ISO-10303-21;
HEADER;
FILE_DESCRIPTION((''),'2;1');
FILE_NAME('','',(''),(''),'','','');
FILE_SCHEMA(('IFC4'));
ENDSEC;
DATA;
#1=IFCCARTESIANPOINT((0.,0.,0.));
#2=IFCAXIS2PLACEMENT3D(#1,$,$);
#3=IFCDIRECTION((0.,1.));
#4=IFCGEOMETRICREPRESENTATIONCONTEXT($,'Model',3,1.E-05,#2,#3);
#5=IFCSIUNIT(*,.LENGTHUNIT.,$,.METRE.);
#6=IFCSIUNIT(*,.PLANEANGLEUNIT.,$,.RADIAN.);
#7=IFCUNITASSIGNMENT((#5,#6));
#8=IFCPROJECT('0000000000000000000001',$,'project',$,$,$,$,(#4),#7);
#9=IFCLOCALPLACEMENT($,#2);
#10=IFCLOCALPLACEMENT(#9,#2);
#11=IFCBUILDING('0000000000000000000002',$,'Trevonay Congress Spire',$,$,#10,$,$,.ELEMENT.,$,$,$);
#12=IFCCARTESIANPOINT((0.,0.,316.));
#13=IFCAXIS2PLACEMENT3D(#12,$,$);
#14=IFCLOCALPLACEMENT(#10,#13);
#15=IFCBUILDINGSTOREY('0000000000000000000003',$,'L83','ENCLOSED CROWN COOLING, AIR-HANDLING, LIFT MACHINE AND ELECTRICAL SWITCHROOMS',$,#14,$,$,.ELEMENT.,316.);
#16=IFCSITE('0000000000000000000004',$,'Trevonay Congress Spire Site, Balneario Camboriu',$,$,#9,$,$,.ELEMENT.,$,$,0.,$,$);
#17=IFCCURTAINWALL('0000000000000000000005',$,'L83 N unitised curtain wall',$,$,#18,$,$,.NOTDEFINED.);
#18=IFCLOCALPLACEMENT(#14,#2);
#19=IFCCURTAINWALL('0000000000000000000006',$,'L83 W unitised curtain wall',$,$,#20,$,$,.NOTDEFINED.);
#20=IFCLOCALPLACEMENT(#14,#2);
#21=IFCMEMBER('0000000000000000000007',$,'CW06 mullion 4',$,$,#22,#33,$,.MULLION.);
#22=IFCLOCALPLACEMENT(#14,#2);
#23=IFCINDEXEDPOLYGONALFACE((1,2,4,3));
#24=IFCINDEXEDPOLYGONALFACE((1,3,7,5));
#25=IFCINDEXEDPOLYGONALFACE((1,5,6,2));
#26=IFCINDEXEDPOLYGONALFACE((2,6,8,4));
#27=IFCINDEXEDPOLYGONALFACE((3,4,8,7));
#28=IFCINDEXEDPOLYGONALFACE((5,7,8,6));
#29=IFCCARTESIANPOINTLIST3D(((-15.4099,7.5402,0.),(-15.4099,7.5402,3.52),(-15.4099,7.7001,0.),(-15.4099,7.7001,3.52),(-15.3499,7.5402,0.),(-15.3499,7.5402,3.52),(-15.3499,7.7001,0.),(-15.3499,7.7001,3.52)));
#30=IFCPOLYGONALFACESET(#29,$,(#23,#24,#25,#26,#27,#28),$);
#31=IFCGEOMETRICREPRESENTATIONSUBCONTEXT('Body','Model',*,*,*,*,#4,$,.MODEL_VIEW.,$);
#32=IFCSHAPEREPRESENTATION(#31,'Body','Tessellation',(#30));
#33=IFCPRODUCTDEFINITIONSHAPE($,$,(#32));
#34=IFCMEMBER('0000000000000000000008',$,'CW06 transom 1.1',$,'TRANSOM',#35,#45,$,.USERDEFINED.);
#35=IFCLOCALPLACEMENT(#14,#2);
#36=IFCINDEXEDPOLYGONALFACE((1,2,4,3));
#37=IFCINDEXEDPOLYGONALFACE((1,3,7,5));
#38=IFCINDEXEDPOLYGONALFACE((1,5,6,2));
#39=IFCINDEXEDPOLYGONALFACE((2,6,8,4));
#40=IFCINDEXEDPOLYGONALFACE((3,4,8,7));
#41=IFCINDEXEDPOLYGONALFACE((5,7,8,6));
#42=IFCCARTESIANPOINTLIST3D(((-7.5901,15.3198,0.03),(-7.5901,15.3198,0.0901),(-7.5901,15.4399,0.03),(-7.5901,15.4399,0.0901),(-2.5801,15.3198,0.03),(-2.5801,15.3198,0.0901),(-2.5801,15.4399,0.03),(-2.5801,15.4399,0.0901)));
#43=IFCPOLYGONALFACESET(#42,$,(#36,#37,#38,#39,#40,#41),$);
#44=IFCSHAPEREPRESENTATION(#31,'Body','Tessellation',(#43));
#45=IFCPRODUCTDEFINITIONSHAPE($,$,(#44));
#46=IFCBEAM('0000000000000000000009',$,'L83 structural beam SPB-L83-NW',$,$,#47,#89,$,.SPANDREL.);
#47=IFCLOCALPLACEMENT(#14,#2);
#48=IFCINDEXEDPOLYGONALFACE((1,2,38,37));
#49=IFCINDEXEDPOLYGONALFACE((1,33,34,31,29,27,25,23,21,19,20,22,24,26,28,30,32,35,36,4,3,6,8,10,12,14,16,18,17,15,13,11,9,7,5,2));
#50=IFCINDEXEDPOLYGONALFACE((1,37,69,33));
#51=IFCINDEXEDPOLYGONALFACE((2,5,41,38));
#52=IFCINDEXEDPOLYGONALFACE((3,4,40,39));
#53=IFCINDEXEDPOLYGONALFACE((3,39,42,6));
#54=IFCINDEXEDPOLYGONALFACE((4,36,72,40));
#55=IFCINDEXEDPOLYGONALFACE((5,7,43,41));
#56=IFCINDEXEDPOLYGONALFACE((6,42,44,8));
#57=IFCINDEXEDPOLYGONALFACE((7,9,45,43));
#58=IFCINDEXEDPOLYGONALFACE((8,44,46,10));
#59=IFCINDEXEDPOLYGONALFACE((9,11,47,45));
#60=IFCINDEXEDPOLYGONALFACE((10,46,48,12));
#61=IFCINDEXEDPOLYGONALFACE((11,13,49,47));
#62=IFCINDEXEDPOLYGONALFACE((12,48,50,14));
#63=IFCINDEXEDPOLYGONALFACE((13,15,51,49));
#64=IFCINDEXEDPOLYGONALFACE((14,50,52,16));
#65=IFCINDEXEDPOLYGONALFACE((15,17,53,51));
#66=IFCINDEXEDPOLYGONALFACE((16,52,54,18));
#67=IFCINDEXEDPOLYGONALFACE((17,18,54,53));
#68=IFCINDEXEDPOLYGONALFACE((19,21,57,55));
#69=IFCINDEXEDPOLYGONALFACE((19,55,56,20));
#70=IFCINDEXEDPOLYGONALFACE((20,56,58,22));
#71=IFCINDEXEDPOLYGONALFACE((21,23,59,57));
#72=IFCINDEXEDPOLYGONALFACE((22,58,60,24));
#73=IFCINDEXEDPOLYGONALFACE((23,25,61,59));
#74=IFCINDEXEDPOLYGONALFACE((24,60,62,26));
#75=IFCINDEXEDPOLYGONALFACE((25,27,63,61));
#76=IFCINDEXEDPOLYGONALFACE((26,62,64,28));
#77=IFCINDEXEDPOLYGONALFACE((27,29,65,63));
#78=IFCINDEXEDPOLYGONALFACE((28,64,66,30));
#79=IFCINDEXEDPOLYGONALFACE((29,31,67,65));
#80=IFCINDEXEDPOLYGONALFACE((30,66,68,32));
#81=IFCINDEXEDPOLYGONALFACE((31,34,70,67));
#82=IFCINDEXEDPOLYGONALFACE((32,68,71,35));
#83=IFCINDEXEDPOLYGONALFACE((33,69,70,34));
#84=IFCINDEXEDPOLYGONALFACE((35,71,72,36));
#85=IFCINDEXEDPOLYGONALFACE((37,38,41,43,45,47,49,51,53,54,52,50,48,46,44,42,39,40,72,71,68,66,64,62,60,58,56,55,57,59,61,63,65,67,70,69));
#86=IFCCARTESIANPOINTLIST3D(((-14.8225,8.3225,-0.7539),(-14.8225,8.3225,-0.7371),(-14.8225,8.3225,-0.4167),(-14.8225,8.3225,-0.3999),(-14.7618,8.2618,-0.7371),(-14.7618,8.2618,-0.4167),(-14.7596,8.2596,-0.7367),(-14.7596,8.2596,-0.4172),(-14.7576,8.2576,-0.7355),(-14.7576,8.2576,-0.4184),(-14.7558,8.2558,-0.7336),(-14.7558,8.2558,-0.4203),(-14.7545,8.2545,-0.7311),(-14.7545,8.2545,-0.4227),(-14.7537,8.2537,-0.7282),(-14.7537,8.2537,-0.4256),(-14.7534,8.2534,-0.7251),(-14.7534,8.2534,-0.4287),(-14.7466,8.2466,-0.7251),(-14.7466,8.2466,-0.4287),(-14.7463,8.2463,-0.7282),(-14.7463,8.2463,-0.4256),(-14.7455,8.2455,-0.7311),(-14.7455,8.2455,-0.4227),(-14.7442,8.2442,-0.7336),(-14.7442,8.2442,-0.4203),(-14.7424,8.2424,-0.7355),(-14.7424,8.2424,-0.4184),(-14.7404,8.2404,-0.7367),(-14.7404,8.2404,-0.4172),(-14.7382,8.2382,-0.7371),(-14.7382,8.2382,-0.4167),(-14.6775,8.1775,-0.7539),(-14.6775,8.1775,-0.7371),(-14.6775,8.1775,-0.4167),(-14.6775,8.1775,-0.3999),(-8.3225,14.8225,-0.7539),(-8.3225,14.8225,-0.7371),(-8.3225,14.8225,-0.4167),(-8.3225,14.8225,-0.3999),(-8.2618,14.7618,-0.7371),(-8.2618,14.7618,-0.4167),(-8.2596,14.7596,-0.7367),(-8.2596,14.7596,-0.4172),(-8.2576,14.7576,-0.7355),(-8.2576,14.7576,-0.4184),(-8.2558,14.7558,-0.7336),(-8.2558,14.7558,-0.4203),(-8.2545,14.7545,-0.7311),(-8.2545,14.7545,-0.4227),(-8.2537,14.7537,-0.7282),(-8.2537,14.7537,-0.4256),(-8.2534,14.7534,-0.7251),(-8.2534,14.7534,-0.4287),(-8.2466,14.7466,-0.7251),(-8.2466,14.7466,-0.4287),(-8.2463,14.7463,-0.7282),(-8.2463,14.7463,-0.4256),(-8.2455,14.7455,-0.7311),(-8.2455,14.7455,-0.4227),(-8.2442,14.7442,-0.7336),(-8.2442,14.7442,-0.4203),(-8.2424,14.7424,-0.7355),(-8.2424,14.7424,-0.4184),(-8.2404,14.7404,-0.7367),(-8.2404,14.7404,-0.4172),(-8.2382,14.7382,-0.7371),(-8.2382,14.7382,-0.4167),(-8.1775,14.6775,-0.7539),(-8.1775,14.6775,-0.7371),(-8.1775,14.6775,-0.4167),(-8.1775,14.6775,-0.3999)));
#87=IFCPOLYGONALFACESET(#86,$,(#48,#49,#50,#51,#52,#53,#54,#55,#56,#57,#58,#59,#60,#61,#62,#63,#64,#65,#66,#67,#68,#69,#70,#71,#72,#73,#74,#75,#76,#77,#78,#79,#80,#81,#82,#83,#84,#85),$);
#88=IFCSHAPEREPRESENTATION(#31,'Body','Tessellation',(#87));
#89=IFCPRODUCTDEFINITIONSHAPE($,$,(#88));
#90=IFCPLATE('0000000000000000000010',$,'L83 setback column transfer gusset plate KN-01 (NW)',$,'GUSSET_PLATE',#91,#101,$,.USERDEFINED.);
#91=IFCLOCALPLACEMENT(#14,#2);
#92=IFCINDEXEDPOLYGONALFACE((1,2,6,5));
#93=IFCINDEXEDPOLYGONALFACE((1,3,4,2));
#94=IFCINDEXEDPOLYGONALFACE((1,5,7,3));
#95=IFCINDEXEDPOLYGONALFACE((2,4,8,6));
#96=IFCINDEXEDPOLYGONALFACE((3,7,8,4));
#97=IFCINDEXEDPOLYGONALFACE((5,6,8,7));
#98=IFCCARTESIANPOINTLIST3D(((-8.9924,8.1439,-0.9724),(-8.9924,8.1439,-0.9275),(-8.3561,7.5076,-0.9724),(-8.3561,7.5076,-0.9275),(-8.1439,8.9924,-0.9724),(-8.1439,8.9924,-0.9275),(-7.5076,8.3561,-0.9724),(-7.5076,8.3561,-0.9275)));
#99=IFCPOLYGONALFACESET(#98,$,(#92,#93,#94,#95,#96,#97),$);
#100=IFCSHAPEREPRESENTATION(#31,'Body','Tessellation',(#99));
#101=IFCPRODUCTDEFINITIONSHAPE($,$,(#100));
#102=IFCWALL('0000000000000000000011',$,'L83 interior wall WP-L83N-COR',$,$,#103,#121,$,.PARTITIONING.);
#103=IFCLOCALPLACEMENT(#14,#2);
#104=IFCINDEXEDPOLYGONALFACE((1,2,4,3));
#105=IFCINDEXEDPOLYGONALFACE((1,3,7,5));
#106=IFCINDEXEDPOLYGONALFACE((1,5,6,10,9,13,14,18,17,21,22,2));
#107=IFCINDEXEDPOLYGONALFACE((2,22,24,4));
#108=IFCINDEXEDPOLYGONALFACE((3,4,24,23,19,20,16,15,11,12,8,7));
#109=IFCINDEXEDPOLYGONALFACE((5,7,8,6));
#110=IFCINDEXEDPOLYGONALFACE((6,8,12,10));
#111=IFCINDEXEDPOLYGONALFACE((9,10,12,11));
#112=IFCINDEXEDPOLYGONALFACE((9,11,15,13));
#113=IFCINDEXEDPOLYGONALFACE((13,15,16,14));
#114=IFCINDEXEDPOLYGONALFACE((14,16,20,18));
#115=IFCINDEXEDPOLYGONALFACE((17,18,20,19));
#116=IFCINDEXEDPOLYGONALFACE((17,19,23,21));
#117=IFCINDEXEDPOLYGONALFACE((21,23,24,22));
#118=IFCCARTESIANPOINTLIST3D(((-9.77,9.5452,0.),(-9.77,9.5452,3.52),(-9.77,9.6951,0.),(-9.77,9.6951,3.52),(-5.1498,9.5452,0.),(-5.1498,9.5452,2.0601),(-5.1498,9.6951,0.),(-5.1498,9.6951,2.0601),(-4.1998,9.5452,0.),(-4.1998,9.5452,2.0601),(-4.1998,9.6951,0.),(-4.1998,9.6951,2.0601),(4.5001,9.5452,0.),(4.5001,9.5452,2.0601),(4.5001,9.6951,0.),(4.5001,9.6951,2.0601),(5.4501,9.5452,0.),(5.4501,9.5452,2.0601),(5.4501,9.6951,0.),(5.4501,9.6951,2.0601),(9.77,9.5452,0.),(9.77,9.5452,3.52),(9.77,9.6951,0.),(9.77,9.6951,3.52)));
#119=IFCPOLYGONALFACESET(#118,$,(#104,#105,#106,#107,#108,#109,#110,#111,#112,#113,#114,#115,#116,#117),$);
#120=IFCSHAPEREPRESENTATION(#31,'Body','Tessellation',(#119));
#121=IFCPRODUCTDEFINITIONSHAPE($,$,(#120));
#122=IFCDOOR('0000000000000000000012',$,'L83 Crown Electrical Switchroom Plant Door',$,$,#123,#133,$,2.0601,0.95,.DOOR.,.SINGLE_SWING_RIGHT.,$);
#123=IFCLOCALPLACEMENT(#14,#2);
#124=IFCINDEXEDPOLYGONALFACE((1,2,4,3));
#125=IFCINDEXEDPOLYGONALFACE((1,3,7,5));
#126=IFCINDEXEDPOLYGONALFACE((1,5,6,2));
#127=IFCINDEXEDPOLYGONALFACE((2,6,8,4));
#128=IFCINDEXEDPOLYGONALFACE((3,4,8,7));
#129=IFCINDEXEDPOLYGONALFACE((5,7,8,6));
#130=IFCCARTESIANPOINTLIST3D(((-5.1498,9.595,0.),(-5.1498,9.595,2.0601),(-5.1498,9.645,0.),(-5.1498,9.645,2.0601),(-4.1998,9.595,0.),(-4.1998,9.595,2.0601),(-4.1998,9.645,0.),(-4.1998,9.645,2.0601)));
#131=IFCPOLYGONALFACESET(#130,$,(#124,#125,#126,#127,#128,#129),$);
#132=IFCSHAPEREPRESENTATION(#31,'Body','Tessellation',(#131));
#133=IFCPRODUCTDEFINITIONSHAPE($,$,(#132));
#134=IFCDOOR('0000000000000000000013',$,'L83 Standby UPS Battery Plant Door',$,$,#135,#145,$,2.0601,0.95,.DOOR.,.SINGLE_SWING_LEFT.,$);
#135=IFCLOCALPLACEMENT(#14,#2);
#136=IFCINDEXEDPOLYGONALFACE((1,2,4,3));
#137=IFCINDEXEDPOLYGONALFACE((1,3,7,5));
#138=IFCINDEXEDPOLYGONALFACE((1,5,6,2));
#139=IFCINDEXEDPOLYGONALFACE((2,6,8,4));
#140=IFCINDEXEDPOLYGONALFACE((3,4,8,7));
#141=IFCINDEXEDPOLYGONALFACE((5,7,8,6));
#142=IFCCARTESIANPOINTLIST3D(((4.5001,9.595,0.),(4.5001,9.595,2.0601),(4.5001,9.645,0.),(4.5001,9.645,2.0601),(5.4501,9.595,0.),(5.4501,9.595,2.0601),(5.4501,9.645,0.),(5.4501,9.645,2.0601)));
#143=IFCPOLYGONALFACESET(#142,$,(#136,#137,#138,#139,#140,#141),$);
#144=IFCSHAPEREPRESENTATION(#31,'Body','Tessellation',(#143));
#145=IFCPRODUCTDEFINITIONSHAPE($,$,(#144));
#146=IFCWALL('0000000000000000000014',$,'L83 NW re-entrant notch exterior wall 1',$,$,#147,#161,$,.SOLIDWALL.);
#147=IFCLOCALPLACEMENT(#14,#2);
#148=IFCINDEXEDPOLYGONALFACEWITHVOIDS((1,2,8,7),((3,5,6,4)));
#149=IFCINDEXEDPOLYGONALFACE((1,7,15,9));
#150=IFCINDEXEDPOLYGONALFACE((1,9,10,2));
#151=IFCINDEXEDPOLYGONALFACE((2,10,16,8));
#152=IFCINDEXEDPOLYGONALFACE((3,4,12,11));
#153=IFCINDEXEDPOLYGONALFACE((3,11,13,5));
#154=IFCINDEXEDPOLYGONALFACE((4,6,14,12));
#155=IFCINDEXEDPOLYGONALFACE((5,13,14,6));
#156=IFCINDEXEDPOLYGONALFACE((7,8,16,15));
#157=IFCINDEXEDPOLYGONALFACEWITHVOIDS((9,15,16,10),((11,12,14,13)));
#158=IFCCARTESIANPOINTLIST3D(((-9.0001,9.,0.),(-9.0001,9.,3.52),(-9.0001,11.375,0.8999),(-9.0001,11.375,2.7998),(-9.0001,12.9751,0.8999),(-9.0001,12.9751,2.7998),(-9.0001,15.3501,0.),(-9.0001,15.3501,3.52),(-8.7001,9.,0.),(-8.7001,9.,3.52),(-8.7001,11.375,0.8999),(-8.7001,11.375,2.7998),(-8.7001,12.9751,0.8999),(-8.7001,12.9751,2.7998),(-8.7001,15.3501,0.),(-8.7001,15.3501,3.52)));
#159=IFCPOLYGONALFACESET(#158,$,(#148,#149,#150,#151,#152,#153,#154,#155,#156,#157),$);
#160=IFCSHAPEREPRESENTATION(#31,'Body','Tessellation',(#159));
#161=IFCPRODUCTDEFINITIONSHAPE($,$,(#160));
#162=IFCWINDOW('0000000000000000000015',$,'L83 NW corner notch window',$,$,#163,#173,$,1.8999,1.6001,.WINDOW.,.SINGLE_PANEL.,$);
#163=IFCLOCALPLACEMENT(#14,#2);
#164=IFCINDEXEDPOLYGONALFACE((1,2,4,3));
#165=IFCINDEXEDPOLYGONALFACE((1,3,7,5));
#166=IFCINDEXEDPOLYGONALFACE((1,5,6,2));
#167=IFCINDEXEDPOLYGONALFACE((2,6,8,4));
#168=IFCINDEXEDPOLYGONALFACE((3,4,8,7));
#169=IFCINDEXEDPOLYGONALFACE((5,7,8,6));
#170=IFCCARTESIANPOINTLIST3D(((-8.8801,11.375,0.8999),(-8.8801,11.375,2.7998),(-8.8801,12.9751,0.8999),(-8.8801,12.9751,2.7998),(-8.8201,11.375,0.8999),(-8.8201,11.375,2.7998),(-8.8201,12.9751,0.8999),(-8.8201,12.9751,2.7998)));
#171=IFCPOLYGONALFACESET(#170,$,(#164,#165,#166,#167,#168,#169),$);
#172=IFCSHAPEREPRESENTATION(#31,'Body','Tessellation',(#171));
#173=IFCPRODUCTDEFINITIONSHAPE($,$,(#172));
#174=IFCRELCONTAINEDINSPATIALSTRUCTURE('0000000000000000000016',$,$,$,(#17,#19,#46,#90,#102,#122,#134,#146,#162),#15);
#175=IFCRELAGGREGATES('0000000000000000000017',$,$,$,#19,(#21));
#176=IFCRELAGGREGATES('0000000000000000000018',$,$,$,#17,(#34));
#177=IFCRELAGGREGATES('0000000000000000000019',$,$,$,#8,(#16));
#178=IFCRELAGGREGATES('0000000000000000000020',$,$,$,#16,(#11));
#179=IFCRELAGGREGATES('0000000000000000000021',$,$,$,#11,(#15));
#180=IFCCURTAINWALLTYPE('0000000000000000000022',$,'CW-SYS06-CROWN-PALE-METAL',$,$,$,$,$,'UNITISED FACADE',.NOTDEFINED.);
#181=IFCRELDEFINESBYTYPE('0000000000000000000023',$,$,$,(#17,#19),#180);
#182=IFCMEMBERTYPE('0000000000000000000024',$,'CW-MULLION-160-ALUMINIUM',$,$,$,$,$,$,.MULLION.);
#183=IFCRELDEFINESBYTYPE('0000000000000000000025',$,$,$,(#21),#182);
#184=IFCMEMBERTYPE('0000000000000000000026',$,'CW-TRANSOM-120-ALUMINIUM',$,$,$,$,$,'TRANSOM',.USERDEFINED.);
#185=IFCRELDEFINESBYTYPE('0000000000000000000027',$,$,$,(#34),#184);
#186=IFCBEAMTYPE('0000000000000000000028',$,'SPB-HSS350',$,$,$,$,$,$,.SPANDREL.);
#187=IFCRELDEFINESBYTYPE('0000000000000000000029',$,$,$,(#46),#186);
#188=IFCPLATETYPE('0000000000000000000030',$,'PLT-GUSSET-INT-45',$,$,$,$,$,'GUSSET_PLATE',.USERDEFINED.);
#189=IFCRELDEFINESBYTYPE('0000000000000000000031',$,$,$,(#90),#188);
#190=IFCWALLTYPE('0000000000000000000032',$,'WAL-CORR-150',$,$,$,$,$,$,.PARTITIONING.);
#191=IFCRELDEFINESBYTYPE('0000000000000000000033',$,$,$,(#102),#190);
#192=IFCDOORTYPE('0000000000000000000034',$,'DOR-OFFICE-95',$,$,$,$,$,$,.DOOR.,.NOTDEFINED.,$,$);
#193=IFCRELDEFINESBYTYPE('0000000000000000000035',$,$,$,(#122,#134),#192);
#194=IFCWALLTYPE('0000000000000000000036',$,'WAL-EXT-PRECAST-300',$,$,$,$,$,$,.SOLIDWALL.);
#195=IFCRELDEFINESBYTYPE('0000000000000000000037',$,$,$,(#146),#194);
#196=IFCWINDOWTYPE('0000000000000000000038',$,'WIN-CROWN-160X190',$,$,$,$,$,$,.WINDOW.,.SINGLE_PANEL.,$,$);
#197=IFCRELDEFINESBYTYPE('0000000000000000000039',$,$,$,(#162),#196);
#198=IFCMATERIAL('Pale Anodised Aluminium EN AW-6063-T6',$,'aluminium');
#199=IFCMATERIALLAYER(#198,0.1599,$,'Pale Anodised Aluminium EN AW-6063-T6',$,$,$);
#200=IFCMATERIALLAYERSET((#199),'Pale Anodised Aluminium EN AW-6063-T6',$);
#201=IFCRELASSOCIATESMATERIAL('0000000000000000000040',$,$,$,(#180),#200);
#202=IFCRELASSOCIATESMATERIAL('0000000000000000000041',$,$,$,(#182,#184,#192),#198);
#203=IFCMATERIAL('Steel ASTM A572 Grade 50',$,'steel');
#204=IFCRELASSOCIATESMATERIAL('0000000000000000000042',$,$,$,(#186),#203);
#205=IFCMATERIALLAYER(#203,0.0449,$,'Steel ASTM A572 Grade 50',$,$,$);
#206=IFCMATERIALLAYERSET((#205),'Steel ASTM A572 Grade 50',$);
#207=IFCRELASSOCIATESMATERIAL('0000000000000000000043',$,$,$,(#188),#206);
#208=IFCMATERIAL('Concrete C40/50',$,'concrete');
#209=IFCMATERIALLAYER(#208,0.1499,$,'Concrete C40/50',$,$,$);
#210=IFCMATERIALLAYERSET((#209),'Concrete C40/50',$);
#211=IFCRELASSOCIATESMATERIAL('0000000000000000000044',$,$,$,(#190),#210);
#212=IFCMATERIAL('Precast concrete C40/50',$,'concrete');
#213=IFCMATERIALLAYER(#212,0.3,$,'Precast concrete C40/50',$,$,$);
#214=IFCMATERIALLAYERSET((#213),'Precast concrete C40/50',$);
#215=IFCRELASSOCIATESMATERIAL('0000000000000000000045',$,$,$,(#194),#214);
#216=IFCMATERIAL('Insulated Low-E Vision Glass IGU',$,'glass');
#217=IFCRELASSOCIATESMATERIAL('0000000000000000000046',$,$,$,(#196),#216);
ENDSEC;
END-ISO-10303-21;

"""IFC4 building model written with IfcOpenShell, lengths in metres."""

from ifc_helpers import new_model, si_unit, direction, frame, frame_2d, origin, origin_2d, place, context, subcontext, project, spatial, rectangle, i_section, extrude, material, layer, layer_set, material_profile, profile_set, type_object, element, fill, aggregate, save


model = new_model("IFC4")

# Units and contexts
model_context = context("Model", 3, precision=1e-05, world=origin(), true_north=direction((0.0, 1.0)))
body_context = subcontext(model_context, "Body", "Model", "MODEL_VIEW")
ifc_project = project(units=[si_unit("LENGTHUNIT", "METRE"), si_unit("PLANEANGLEUNIT", "RADIAN")], contexts=[model_context])

# Site, building, storey
site_placement = place(None, origin())
site = spatial("IfcSite", under=ifc_project, at=site_placement, Name="Trevonay Congress Spire Site, Balneario Camboriu", CompositionType="ELEMENT", RefElevation=0.0)
building_placement = place(site_placement, origin())
building = spatial("IfcBuilding", under=site, at=building_placement, Name="Trevonay Congress Spire", CompositionType="ELEMENT")
storey_placement = place(building_placement, frame((0.0, 0.0, 316.0)))
storey = spatial("IfcBuildingStorey", under=building, at=storey_placement, Name="L83", Description="ENCLOSED CROWN COOLING, AIR-HANDLING, LIFT MACHINE AND ELECTRICAL SWITCHROOMS", CompositionType="ELEMENT", Elevation=316.0)

# Shared definitions
ifc_material_1 = material(Name="Steel ASTM A572 Grade 50", Category="steel")

# Curtain walls, member
ifc_material_2 = material(Name="Pale Anodised Aluminium EN AW-6063-T6", Category="aluminium")
ifc_layer_1 = layer(ifc_material_2, 0.1599, Name="Pale Anodised Aluminium EN AW-6063-T6")
ifc_layer_set_1 = layer_set([ifc_layer_1], Name="Pale Anodised Aluminium EN AW-6063-T6")
curtain_wall_type = type_object("IfcCurtainWallType", Name="CW-SYS06-CROWN-PALE-METAL", ElementType="UNITISED FACADE", PredefinedType="NOTDEFINED", material=ifc_layer_set_1)
curtain_wall_1_placement = place(storey_placement, origin())
curtain_wall_1 = element("IfcCurtainWall", 1, at=curtain_wall_1_placement, inside=storey, type_object=curtain_wall_type, Name="L83 N unitised curtain wall", PredefinedType="NOTDEFINED")
ifc_material_profile_1 = material_profile(ifc_material_2, rectangle(XDim=0.0601, YDim=0.1599, at=origin_2d()), Name="CW-MULLION-160-ALUMINIUM")
ifc_profile_set_1 = profile_set([ifc_material_profile_1], Name="Pale Anodised Aluminium EN AW-6063-T6")
member_type_1 = type_object("IfcMemberType", Name="CW-MULLION-160-ALUMINIUM", PredefinedType="MULLION", material=ifc_profile_set_1)
curtain_wall_2_placement = place(storey_placement, origin())
curtain_wall_2 = element("IfcCurtainWall", 2, at=curtain_wall_2_placement, inside=storey, type_object=curtain_wall_type, Name="L83 W unitised curtain wall", PredefinedType="NOTDEFINED")
member_1_placement = place(storey_placement, frame((-15.3799, 7.6201, 0.0), z_axis=(0.0, 0.0, 1.0), x_axis=(-1.0, 0.0, 0.0)))
member_1 = element("IfcMember", 3, at=member_1_placement, type_object=member_type_1, Name="CW06 mullion 4", PredefinedType="MULLION", context=body_context, shape_type="SweptSolid", body=[
    extrude(rectangle(XDim=0.0601, YDim=0.1599, at=origin_2d()), origin(), (0.0, 0.0, 1.0), 3.52),
])
aggregate(curtain_wall_2, [member_1])

# Member
ifc_material_profile_2 = material_profile(ifc_material_2, rectangle(XDim=0.1201, YDim=0.0601, at=origin_2d()), Name="CW-TRANSOM-120-ALUMINIUM")
ifc_profile_set_2 = profile_set([ifc_material_profile_2], Name="Pale Anodised Aluminium EN AW-6063-T6")
member_type_2 = type_object("IfcMemberType", Name="CW-TRANSOM-120-ALUMINIUM", ElementType="TRANSOM", PredefinedType="USERDEFINED", material=ifc_profile_set_2)
member_2_placement = place(storey_placement, frame((-7.5901, 15.3799, 0.0601), z_axis=(1.0, 0.0, 0.0), x_axis=(0.0, 1.0, 0.0)))
member_2 = element("IfcMember", 4, at=member_2_placement, type_object=member_type_2, Name="CW06 transom 1.1", ObjectType="TRANSOM", PredefinedType="USERDEFINED", context=body_context, shape_type="SweptSolid", body=[
    extrude(rectangle(XDim=0.1201, YDim=0.0601, at=origin_2d()), origin(), (0.0, 0.0, 1.0), 5.01),
])
aggregate(curtain_wall_1, [member_2])

# Beam
ifc_material_profile_3 = material_profile(ifc_material_1, i_section(OverallWidth=0.2051, OverallDepth=0.354, WebThickness=0.0095, FlangeThickness=0.0168, FilletRadius=0.012, at=origin_2d()), Name="W360x79")
ifc_profile_set_3 = profile_set([ifc_material_profile_3], Name="Steel ASTM A572 Grade 50")
beam_type_1 = type_object("IfcBeamType", Name="SPB-HSS350", PredefinedType="SPANDREL", material=ifc_profile_set_3)
beam_1_placement = place(storey_placement, frame((-8.25, 14.75, -0.5769), z_axis=(-0.707107, -0.707107, 0.0), x_axis=(0.707107, -0.707107, 0.0)))
element("IfcBeam", 5, at=beam_1_placement, inside=storey, type_object=beam_type_1, Name="L83 structural beam SPB-L83-NW", PredefinedType="SPANDREL", context=body_context, shape_type="SweptSolid", body=[
    extrude(i_section(OverallWidth=0.2051, OverallDepth=0.354, WebThickness=0.0095, FlangeThickness=0.0168, FilletRadius=0.012, at=origin_2d()), origin(), (0.0, 0.0, 1.0), 9.1924),
])

# Plate
ifc_layer_2 = layer(ifc_material_1, 0.0449, Name="Steel ASTM A572 Grade 50")
ifc_layer_set_2 = layer_set([ifc_layer_2], Name="Steel ASTM A572 Grade 50")
plate_type = type_object("IfcPlateType", Name="PLT-GUSSET-INT-45", ElementType="GUSSET_PLATE", PredefinedType="USERDEFINED", material=ifc_layer_set_2)
plate_placement = place(storey_placement, frame((-8.25, 8.25, -0.9724), z_axis=(0.0, 0.0, 1.0), x_axis=(0.707107, 0.707107, 0.0)))
element("IfcPlate", 6, at=plate_placement, inside=storey, type_object=plate_type, Name="L83 setback column transfer gusset plate KN-01 (NW)", ObjectType="GUSSET_PLATE", PredefinedType="USERDEFINED", context=body_context, shape_type="SweptSolid", body=[
    extrude(rectangle(XDim=1.2, YDim=0.8999, at=origin_2d()), origin(), (0.0, 0.0, 1.0), 0.0449),
])

# Wall, openings, doors
ifc_material_3 = material(Name="Concrete C40/50", Category="concrete")
ifc_layer_3 = layer(ifc_material_3, 0.1499, Name="Concrete C40/50")
ifc_layer_set_3 = layer_set([ifc_layer_3], Name="Concrete C40/50")
wall_type_1 = type_object("IfcWallType", Name="WAL-CORR-150", PredefinedType="PARTITIONING", material=ifc_layer_set_3)
wall_1_placement = place(storey_placement, frame((-9.77, 9.6201, 0.0), z_axis=(0.0, 0.0, 1.0), x_axis=(1.0, 0.0, 0.0)))
wall_1 = element("IfcWall", 7, at=wall_1_placement, inside=storey, type_object=wall_type_1, Name="L83 interior wall WP-L83N-COR", PredefinedType="PARTITIONING", context=body_context, shape_type="SweptSolid", body=[
    extrude(rectangle(XDim=19.54, YDim=0.1499, at=frame_2d((9.77, 0.0))), origin(), (0.0, 0.0, 1.0), 3.52),
])
opening_1_placement = place(wall_1_placement, frame((4.6201, 0.0, 0.0)))
opening_1 = element("IfcOpeningElement", 8, at=opening_1_placement, cuts=wall_1, PredefinedType="OPENING", context=body_context, shape_type="SweptSolid", body=[
    extrude(rectangle(XDim=0.95, YDim=2.0601, at=frame_2d((0.4751, 1.03))), frame((0.0, 0.085, 0.0), z_axis=(0.0, -1.0, 0.0), x_axis=(1.0, 0.0, 0.0)), (0.0, 0.0, 1.0), 0.1699),
])
opening_2_placement = place(wall_1_placement, frame((14.27, 0.0, 0.0)))
opening_2 = element("IfcOpeningElement", 9, at=opening_2_placement, cuts=wall_1, PredefinedType="OPENING", context=body_context, shape_type="SweptSolid", body=[
    extrude(rectangle(XDim=0.95, YDim=2.0601, at=frame_2d((0.4751, 1.03))), frame((0.0, 0.085, 0.0), z_axis=(0.0, -1.0, 0.0), x_axis=(1.0, 0.0, 0.0)), (0.0, 0.0, 1.0), 0.1699),
])
door_type = type_object("IfcDoorType", Name="DOR-OFFICE-95", OperationType="NOTDEFINED", PredefinedType="DOOR", material=ifc_material_2)
door_1_placement = place(opening_1_placement, origin())
door_1 = element("IfcDoor", 10, at=door_1_placement, inside=storey, type_object=door_type, Name="L83 Crown Electrical Switchroom Plant Door", OperationType="SINGLE_SWING_RIGHT", OverallHeight=2.0601, OverallWidth=0.95, PredefinedType="DOOR", context=body_context, shape_type="SweptSolid", body=[
    extrude(rectangle(XDim=0.95, YDim=2.0601, at=frame_2d((0.4751, 1.03))), frame((0.0, 0.0249, 0.0), z_axis=(0.0, -1.0, 0.0), x_axis=(1.0, 0.0, 0.0)), (0.0, 0.0, 1.0), 0.05),
])
fill(opening_1, door_1)
door_2_placement = place(opening_2_placement, origin())
door_2 = element("IfcDoor", 11, at=door_2_placement, inside=storey, type_object=door_type, Name="L83 Standby UPS Battery Plant Door", OperationType="SINGLE_SWING_LEFT", OverallHeight=2.0601, OverallWidth=0.95, PredefinedType="DOOR", context=body_context, shape_type="SweptSolid", body=[
    extrude(rectangle(XDim=0.95, YDim=2.0601, at=frame_2d((0.4751, 1.03))), frame((0.0, 0.0249, 0.0), z_axis=(0.0, -1.0, 0.0), x_axis=(1.0, 0.0, 0.0)), (0.0, 0.0, 1.0), 0.05),
])
fill(opening_2, door_2)

# Wall, opening, window
ifc_material_4 = material(Name="Precast concrete C40/50", Category="concrete")
ifc_layer_4 = layer(ifc_material_4, 0.3, Name="Precast concrete C40/50")
ifc_layer_set_4 = layer_set([ifc_layer_4], Name="Precast concrete C40/50")
wall_type_2 = type_object("IfcWallType", Name="WAL-EXT-PRECAST-300", PredefinedType="SOLIDWALL", material=ifc_layer_set_4)
wall_2_placement = place(storey_placement, frame((-8.8501, 15.3501, 0.0), z_axis=(0.0, 0.0, 1.0), x_axis=(0.0, -1.0, 0.0)))
wall_2 = element("IfcWall", 12, at=wall_2_placement, inside=storey, type_object=wall_type_2, Name="L83 NW re-entrant notch exterior wall 1", PredefinedType="SOLIDWALL", context=body_context, shape_type="SweptSolid", body=[
    extrude(rectangle(XDim=6.3501, YDim=0.3, at=frame_2d((3.175, 0.0))), origin(), (0.0, 0.0, 1.0), 3.52),
])
opening_3_placement = place(wall_2_placement, frame((2.375, 0.0, 0.8999)))
opening_3 = element("IfcOpeningElement", 13, at=opening_3_placement, cuts=wall_2, PredefinedType="OPENING", context=body_context, shape_type="SweptSolid", body=[
    extrude(rectangle(XDim=1.6001, YDim=1.8999, at=frame_2d((0.8, 0.95))), frame((0.0, 0.1602, 0.0), z_axis=(0.0, -1.0, 0.0), x_axis=(1.0, 0.0, 0.0)), (0.0, 0.0, 1.0), 0.3201),
])
ifc_material_5 = material(Name="Insulated Low-E Vision Glass IGU", Category="glass")
window_type = type_object("IfcWindowType", Name="WIN-CROWN-160X190", PartitioningType="SINGLE_PANEL", PredefinedType="WINDOW", material=ifc_material_5)
window_placement = place(opening_3_placement, origin())
window = element("IfcWindow", 14, at=window_placement, inside=storey, type_object=window_type, Name="L83 NW corner notch window", OverallHeight=1.8999, OverallWidth=1.6001, PartitioningType="SINGLE_PANEL", PredefinedType="WINDOW", context=body_context, shape_type="SweptSolid", body=[
    extrude(rectangle(XDim=1.6001, YDim=1.8999, at=frame_2d((0.8, 0.95))), frame((0.0, 0.03, 0.0), z_axis=(0.0, -1.0, 0.0), x_axis=(1.0, 0.0, 0.0)), (0.0, 0.0, 1.0), 0.0601),
])
fill(opening_3, window)

save(model, "model.ifc")
